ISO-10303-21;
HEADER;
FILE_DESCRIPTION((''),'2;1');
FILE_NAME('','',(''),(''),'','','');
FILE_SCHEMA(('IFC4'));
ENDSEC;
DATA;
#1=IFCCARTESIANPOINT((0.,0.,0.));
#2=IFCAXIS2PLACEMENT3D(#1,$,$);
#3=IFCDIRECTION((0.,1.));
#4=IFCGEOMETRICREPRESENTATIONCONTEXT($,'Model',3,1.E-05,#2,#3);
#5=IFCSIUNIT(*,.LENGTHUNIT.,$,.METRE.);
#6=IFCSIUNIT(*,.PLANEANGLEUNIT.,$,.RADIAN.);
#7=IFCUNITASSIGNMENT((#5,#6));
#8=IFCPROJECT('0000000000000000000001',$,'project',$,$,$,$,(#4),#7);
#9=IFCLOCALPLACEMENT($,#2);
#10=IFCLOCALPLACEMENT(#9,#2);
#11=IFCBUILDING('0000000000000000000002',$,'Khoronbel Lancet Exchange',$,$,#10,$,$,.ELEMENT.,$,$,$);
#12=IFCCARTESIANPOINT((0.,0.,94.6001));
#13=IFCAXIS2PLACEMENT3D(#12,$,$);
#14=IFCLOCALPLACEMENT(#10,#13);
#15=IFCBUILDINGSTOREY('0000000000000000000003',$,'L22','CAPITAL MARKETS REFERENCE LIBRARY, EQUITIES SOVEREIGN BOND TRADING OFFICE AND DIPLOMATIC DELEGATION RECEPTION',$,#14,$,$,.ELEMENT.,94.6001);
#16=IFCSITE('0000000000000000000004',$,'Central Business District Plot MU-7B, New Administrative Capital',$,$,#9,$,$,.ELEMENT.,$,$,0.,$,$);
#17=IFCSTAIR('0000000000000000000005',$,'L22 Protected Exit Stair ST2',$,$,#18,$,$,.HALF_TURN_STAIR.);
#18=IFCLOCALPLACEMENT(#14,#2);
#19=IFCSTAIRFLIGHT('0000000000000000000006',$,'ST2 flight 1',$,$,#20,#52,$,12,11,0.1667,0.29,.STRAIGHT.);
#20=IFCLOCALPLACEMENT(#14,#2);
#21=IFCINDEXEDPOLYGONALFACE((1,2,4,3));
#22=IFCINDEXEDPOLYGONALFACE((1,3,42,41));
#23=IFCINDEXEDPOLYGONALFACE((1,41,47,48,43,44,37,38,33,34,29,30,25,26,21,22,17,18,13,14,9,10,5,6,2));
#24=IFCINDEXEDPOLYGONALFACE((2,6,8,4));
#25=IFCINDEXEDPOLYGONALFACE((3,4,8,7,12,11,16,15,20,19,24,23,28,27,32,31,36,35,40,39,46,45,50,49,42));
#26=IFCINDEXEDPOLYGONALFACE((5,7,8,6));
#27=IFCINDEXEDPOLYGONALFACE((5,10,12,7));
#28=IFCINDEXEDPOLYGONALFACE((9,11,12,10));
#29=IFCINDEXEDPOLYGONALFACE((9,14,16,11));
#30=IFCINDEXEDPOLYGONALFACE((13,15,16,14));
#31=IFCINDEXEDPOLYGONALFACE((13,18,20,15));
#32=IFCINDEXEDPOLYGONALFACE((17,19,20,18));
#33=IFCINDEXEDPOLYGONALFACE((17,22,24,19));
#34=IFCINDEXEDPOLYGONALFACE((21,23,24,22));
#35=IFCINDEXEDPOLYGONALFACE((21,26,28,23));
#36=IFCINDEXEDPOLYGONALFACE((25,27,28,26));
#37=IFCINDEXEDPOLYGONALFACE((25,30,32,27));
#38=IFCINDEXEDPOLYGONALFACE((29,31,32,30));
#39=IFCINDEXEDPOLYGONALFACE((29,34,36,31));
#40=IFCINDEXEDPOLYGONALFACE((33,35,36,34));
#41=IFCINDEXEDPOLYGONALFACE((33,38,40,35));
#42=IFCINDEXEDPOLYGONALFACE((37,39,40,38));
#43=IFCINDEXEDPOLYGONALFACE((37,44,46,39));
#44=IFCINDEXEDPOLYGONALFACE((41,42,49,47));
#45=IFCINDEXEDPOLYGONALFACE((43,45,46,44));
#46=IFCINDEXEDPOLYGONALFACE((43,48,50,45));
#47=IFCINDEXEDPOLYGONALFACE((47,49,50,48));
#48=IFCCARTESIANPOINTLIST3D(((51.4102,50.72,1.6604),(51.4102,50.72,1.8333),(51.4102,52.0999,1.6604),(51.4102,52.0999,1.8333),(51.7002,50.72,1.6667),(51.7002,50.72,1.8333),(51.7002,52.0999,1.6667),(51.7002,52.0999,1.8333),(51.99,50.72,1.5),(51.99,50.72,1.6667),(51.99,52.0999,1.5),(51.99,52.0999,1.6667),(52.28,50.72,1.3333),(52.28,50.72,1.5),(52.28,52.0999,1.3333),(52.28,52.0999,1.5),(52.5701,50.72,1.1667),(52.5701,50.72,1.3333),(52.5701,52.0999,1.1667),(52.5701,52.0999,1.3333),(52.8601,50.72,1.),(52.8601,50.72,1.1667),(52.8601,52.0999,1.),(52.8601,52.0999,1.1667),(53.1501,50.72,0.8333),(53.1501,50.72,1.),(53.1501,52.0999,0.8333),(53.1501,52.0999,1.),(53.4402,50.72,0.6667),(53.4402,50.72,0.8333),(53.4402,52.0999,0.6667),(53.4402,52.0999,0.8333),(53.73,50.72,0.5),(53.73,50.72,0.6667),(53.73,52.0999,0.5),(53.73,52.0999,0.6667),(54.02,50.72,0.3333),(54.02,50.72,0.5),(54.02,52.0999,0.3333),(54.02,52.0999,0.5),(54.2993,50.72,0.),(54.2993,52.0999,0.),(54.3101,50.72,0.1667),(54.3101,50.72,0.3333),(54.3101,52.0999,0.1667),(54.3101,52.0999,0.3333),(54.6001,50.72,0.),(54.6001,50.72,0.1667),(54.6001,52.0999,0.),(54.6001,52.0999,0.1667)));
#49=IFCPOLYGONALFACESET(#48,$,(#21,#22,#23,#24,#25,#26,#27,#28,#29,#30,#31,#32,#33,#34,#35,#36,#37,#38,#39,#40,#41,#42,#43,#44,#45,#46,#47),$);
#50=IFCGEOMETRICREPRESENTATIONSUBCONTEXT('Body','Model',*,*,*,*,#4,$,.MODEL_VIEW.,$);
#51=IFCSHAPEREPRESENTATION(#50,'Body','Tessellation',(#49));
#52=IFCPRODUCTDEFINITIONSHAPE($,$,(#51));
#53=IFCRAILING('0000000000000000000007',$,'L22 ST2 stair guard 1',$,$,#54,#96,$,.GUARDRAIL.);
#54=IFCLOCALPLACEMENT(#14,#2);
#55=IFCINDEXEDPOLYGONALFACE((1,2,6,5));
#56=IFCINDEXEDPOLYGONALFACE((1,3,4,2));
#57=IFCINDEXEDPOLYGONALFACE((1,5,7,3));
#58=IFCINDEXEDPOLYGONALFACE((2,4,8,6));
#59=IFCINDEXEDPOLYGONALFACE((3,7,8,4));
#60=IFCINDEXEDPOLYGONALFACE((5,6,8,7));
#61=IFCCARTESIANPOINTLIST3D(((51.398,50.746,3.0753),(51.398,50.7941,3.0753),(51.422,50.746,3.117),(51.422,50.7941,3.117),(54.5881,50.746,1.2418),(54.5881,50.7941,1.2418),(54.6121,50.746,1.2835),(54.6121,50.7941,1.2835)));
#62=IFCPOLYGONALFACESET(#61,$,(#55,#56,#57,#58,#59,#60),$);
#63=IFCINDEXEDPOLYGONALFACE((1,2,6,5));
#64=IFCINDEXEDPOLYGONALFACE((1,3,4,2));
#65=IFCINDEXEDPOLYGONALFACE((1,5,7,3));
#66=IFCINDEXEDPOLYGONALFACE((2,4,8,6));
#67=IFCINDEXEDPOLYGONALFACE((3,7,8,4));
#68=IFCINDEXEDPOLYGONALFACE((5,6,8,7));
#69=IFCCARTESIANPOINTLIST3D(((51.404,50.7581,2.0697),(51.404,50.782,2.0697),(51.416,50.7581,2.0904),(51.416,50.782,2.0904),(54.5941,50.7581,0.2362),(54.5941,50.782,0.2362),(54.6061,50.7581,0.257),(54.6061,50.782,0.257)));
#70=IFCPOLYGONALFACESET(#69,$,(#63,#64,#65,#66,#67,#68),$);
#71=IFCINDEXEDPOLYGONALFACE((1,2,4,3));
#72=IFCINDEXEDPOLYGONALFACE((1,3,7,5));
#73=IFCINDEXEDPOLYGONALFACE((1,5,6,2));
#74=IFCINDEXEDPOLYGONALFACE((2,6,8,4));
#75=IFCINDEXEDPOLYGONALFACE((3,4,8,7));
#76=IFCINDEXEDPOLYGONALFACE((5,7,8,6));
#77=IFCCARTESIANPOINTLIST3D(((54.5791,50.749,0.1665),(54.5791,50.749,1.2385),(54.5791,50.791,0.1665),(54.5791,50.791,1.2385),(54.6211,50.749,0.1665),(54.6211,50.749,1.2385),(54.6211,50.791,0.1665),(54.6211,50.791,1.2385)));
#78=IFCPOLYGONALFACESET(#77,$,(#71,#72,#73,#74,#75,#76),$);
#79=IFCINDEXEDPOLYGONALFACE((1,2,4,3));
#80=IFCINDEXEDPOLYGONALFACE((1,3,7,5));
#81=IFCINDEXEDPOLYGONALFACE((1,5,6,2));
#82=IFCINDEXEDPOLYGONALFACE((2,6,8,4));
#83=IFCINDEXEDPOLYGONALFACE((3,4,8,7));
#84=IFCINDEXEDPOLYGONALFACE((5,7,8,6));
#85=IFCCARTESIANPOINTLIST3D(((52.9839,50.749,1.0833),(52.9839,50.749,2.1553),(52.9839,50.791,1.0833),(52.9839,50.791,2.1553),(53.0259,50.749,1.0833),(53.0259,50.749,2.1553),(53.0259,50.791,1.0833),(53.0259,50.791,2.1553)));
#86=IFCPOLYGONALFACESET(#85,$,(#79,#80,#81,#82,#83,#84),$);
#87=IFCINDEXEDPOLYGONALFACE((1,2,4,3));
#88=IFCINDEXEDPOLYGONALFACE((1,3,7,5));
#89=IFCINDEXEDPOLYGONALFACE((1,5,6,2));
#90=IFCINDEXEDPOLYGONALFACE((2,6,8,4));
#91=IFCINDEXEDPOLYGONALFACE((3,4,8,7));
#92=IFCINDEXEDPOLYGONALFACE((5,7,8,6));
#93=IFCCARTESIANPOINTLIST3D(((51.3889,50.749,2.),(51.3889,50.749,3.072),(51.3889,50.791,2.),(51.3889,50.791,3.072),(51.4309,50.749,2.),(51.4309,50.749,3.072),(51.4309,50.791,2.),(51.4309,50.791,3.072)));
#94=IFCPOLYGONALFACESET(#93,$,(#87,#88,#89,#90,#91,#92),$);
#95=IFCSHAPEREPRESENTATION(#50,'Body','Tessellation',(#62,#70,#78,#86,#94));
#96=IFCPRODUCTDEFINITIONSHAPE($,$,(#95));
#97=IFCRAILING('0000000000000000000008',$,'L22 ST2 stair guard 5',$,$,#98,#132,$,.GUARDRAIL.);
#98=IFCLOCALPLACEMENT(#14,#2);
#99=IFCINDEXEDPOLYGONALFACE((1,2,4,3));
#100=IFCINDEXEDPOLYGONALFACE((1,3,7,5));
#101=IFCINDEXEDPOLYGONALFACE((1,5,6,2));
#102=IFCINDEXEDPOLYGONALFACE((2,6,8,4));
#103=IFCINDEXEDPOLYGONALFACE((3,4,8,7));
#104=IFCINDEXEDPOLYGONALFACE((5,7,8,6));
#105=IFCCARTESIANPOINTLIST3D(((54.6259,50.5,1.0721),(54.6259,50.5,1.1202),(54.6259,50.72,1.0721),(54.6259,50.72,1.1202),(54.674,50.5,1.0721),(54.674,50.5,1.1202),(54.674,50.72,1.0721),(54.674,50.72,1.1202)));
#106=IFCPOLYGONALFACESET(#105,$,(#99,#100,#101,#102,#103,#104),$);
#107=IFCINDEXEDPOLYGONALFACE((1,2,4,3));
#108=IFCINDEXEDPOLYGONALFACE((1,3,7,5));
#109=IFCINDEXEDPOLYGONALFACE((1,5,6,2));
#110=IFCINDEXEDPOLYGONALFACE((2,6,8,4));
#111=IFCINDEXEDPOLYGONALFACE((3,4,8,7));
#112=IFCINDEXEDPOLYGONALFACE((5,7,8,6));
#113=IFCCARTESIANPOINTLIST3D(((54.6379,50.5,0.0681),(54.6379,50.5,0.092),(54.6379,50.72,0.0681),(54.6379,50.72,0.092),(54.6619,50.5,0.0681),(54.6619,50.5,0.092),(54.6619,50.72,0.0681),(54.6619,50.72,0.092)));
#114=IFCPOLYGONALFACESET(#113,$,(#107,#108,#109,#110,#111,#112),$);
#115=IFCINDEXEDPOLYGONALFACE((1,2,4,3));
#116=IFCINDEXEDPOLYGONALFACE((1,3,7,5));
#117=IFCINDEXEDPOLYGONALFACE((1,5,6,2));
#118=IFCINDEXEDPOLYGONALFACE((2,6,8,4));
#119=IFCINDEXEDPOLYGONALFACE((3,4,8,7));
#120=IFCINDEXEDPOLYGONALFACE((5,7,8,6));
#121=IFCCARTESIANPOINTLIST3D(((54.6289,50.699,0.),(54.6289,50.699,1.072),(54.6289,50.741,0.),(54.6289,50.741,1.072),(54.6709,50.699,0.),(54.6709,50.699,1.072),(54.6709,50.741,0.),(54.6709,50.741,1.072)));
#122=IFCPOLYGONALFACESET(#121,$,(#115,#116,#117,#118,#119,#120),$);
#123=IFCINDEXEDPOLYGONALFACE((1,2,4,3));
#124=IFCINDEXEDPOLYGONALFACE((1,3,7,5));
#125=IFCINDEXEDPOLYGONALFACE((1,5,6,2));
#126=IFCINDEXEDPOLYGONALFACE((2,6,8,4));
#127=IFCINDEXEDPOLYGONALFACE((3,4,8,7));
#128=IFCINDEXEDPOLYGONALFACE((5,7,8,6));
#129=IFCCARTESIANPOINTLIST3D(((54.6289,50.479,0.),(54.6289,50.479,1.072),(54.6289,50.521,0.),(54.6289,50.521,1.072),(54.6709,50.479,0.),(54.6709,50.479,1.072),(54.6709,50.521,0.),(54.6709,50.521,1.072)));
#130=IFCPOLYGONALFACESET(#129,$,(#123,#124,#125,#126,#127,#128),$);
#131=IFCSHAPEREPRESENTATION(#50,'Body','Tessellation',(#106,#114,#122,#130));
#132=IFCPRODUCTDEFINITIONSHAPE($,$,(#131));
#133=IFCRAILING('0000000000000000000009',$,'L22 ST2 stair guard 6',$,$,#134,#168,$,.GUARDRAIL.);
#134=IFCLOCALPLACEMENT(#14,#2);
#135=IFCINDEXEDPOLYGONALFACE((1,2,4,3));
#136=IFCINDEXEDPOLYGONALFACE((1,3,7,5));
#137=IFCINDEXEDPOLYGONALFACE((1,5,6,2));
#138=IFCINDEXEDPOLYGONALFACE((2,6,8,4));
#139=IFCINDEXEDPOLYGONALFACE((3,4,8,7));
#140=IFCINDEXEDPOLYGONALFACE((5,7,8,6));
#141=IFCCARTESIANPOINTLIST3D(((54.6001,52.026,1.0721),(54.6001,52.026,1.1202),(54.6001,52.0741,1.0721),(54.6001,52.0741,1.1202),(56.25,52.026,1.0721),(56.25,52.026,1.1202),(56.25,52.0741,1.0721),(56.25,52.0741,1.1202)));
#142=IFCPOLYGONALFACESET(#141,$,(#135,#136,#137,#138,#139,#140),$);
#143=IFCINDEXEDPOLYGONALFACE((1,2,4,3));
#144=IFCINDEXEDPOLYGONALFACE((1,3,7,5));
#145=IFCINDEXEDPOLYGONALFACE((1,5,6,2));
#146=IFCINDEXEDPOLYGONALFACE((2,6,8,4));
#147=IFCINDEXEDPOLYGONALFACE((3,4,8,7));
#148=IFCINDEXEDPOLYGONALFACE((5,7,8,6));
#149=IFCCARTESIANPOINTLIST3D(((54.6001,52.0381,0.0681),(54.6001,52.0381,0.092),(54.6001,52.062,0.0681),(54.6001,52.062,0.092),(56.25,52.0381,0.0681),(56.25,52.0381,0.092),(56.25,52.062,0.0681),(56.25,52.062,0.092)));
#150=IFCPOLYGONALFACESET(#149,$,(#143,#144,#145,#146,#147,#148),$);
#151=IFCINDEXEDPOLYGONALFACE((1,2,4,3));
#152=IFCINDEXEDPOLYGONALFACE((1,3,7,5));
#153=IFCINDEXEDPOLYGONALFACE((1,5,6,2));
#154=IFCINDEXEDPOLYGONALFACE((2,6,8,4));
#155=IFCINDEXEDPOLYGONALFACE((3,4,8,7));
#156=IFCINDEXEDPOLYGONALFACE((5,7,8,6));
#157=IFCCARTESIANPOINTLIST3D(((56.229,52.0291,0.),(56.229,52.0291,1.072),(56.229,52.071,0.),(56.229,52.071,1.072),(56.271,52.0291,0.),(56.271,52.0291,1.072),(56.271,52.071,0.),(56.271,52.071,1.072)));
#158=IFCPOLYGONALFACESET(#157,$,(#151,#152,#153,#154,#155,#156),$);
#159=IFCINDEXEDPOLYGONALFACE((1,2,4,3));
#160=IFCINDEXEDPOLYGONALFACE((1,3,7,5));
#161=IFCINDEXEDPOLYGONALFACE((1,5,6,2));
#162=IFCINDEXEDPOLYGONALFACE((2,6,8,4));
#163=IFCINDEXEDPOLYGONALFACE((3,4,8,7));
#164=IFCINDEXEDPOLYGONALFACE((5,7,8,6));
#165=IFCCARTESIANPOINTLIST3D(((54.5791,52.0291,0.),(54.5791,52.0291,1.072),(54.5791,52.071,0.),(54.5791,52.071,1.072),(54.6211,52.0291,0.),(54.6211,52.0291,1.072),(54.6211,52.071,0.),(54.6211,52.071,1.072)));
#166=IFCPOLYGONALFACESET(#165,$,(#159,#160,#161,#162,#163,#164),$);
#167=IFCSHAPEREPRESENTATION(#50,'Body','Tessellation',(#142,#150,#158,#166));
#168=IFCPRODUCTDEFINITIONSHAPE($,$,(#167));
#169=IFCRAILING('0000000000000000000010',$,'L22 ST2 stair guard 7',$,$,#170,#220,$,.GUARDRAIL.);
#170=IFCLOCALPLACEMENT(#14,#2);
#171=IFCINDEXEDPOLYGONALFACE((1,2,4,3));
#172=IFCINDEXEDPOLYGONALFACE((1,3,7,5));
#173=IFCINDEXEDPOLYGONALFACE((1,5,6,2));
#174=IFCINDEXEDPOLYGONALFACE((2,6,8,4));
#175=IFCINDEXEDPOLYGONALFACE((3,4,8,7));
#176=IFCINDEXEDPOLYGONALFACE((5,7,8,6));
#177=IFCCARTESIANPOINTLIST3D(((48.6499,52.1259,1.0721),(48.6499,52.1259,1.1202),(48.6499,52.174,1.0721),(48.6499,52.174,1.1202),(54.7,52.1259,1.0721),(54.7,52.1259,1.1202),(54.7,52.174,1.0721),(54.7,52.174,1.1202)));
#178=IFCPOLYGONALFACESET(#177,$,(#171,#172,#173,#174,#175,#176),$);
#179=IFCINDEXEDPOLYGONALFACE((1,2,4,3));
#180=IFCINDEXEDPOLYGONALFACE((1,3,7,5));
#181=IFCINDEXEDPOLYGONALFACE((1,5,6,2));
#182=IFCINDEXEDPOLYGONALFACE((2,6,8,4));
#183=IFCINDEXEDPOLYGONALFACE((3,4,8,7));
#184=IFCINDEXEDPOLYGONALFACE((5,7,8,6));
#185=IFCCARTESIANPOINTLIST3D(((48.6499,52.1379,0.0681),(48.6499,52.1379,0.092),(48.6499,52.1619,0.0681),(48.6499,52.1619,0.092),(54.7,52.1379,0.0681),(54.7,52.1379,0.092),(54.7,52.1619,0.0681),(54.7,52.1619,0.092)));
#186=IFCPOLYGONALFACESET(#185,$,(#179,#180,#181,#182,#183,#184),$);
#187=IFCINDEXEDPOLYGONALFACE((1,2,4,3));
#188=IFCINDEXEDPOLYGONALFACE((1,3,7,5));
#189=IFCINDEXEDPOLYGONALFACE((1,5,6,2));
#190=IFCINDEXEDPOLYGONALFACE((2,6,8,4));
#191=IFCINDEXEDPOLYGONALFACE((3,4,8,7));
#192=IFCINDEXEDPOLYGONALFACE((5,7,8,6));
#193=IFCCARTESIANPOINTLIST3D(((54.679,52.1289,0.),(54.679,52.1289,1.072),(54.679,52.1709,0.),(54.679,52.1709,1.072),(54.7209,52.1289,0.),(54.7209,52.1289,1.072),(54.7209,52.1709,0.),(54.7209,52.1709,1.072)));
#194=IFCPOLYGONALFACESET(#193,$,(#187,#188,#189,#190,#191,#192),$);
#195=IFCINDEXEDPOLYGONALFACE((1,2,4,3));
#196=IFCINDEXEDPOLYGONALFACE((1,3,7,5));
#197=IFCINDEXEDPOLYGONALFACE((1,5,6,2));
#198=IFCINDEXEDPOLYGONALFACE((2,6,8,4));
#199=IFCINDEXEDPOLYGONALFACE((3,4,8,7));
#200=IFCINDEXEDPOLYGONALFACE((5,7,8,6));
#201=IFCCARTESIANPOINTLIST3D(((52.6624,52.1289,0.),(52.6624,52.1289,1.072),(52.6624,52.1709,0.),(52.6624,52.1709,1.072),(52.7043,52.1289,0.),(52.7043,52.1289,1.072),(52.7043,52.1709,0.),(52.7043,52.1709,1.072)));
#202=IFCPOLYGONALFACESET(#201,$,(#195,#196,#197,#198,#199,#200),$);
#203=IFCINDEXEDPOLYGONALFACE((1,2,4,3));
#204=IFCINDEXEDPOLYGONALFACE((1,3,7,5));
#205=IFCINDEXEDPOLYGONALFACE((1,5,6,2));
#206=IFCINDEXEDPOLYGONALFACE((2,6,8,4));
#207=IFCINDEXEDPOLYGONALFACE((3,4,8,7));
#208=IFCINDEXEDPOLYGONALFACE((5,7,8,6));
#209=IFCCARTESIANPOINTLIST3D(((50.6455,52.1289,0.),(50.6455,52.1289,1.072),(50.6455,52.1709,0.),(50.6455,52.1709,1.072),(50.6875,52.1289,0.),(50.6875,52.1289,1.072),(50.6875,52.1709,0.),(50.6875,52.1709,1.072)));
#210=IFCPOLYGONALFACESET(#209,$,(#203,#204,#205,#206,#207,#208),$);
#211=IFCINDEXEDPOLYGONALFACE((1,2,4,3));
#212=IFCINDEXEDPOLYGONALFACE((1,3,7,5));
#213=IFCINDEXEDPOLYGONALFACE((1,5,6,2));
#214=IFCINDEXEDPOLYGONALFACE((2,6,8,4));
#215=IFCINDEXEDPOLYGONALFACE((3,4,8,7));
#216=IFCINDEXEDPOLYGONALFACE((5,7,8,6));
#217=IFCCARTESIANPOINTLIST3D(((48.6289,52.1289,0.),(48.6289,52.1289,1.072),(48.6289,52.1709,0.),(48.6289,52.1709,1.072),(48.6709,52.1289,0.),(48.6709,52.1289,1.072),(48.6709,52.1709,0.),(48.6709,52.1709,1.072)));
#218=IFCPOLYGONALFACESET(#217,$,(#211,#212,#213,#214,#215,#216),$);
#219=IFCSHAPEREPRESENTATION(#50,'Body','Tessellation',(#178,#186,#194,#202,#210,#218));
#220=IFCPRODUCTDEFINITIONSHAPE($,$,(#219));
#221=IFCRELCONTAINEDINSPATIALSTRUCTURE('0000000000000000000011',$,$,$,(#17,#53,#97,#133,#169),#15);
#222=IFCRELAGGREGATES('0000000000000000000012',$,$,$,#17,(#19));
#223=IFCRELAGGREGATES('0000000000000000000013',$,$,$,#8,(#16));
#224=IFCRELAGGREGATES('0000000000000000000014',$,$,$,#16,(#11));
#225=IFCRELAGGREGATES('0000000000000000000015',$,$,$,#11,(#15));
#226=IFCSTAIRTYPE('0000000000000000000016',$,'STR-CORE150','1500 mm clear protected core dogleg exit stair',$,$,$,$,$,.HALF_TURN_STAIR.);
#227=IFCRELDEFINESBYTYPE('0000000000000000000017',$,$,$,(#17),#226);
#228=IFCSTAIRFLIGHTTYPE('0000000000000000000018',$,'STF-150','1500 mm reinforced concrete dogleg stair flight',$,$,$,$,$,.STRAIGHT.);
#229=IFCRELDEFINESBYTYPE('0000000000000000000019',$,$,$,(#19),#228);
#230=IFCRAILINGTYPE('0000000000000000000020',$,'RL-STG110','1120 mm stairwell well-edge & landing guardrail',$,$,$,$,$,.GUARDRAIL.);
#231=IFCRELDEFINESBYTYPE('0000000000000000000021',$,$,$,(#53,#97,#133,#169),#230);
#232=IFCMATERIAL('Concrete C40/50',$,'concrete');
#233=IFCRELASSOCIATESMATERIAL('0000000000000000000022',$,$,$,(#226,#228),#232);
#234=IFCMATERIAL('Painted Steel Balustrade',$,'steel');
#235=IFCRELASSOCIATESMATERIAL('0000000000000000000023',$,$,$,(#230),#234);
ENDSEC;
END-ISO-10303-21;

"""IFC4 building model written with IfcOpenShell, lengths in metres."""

from ifc_helpers import new_model, si_unit, direction, frame, origin, origin_2d, place, context, subcontext, project, spatial, polyline, rectangle, outline, extrude, material, type_object, element, aggregate, save


model = new_model("IFC4")

# Units and contexts
model_context = context("Model", 3, precision=1e-05, world=origin(), true_north=direction((0.0, 1.0)))
body_context = subcontext(model_context, "Body", "Model", "MODEL_VIEW")
ifc_project = project(units=[si_unit("LENGTHUNIT", "METRE"), si_unit("PLANEANGLEUNIT", "RADIAN")], contexts=[model_context])

# Site, building, storey
site_placement = place(None, origin())
site = spatial("IfcSite", under=ifc_project, at=site_placement, Name="Central Business District Plot MU-7B, New Administrative Capital", CompositionType="ELEMENT", RefElevation=0.0)
building_placement = place(site_placement, origin())
building = spatial("IfcBuilding", under=site, at=building_placement, Name="Khoronbel Lancet Exchange", CompositionType="ELEMENT")
storey_placement = place(building_placement, frame((0.0, 0.0, 94.6001)))
storey = spatial("IfcBuildingStorey", under=building, at=storey_placement, Name="L22", Description="CAPITAL MARKETS REFERENCE LIBRARY, EQUITIES SOVEREIGN BOND TRADING OFFICE AND DIPLOMATIC DELEGATION RECEPTION", CompositionType="ELEMENT", Elevation=94.6001)

# Stair, stair flight
ifc_material_1 = material(Name="Concrete C40/50", Category="concrete")
stair_type = type_object("IfcStairType", Name="STR-CORE150", Description="1500 mm clear protected core dogleg exit stair", PredefinedType="HALF_TURN_STAIR", material=ifc_material_1)
stair_placement = place(storey_placement, origin())
stair = element("IfcStair", 1, at=stair_placement, inside=storey, type_object=stair_type, Name="L22 Protected Exit Stair ST2", PredefinedType="HALF_TURN_STAIR")
stair_flight_type = type_object("IfcStairFlightType", Name="STF-150", Description="1500 mm reinforced concrete dogleg stair flight", PredefinedType="STRAIGHT", material=ifc_material_1)
stair_flight_placement = place(storey_placement, frame((54.6001, 51.4099, 0.0), z_axis=(0.0, 0.0, 1.0), x_axis=(-1.0, 0.0, 0.0)))
stair_flight = element("IfcStairFlight", 2, at=stair_flight_placement, type_object=stair_flight_type, Name="ST2 flight 1", NumberOfRisers=12, NumberOfTreads=11, PredefinedType="STRAIGHT", RiserHeight=0.1667, TreadLength=0.29, context=body_context, shape_type="SweptSolid", body=[
    extrude(outline(polyline([(0.0, 0.0), (0.0, 0.1667), (0.29, 0.1667), (0.29, 0.3333), (0.5801, 0.3333), (0.5801, 0.5), (0.8701, 0.5), (0.8701, 0.6667), (1.1599, 0.6667), (1.1599, 0.8333), (1.45, 0.8333), (1.45, 1.0), (1.74, 1.0), (1.74, 1.1667), (2.03, 1.1667), (2.03, 1.3333), (2.3201, 1.3333), (2.3201, 1.5), (2.6101, 1.5), (2.6101, 1.6667), (2.8999, 1.6667), (2.8999, 1.8333), (3.1899, 1.8333), (3.1899, 2.0), (3.1899, 1.6604), (0.3008, 0.0), (0.0, 0.0)])), frame((0.0, 0.6899, 0.0), z_axis=(0.0, -1.0, 0.0), x_axis=(1.0, 0.0, 0.0)), (0.0, 0.0, 1.0), 1.3799),
])
aggregate(stair, [stair_flight])

# Railings
ifc_material_2 = material(Name="Painted Steel Balustrade", Category="steel")
railing_type_1 = type_object("IfcRailingType", Name="RL-STG110", Description="1120 mm stairwell well-edge & landing guardrail", PredefinedType="GUARDRAIL", material=ifc_material_2)
railing_1_placement = place(storey_placement, frame((54.6001, 50.77, 0.1665)))
element("IfcRailing", 3, at=railing_1_placement, inside=storey, type_object=railing_type_1, Name="L22 ST2 stair guard 1", PredefinedType="GUARDRAIL", context=body_context, shape_type="SweptSolid", body=[
    extrude(rectangle(XDim=0.0481, YDim=0.0481, at=origin_2d()), frame((0.0, 0.0, 1.0962), z_axis=(-0.867007, 0.0, 0.498295), x_axis=(0.0, -1.0, 0.0)), (0.0, 0.0, 1.0), 3.6794),
    extrude(rectangle(XDim=0.0239, YDim=0.0239, at=origin_2d()), frame((0.0, 0.0, 0.0801), z_axis=(-0.867007, 0.0, 0.498295), x_axis=(0.0, -1.0, 0.0)), (0.0, 0.0, 1.0), 3.6794),
    extrude(rectangle(XDim=0.042, YDim=0.042, at=origin_2d()), origin(), (0.0, 0.0, 1.0), 1.072),
    extrude(rectangle(XDim=0.042, YDim=0.042, at=origin_2d()), frame((-1.5952, 0.0, 0.9167)), (0.0, 0.0, 1.0), 1.072),
    extrude(rectangle(XDim=0.042, YDim=0.042, at=origin_2d()), frame((-3.1902, 0.0, 1.8335)), (0.0, 0.0, 1.0), 1.072),
])
railing_2_placement = place(storey_placement, frame((54.6499, 50.72, 0.0)))
element("IfcRailing", 4, at=railing_2_placement, inside=storey, type_object=railing_type_1, Name="L22 ST2 stair guard 5", PredefinedType="GUARDRAIL", context=body_context, shape_type="SweptSolid", body=[
    extrude(rectangle(XDim=0.0481, YDim=0.0481, at=origin_2d()), frame((0.0, 0.0, 1.0962), z_axis=(0.0, -1.0, 0.0), x_axis=(1.0, 0.0, 0.0)), (0.0, 0.0, 1.0), 0.22),
    extrude(rectangle(XDim=0.0239, YDim=0.0239, at=origin_2d()), frame((0.0, 0.0, 0.0801), z_axis=(0.0, -1.0, 0.0), x_axis=(1.0, 0.0, 0.0)), (0.0, 0.0, 1.0), 0.22),
    extrude(rectangle(XDim=0.042, YDim=0.042, at=origin_2d()), origin(), (0.0, 0.0, 1.0), 1.072),
    extrude(rectangle(XDim=0.042, YDim=0.042, at=origin_2d()), frame((0.0, -0.22, 0.0)), (0.0, 0.0, 1.0), 1.072),
])
railing_3_placement = place(storey_placement, frame((56.25, 52.05, 0.0)))
element("IfcRailing", 5, at=railing_3_placement, inside=storey, type_object=railing_type_1, Name="L22 ST2 stair guard 6", PredefinedType="GUARDRAIL", context=body_context, shape_type="SweptSolid", body=[
    extrude(rectangle(XDim=0.0481, YDim=0.0481, at=origin_2d()), frame((0.0, 0.0, 1.0962), z_axis=(-1.0, 0.0, 0.0), x_axis=(0.0, -1.0, 0.0)), (0.0, 0.0, 1.0), 1.6499),
    extrude(rectangle(XDim=0.0239, YDim=0.0239, at=origin_2d()), frame((0.0, 0.0, 0.0801), z_axis=(-1.0, 0.0, 0.0), x_axis=(0.0, -1.0, 0.0)), (0.0, 0.0, 1.0), 1.6499),
    extrude(rectangle(XDim=0.042, YDim=0.042, at=origin_2d()), origin(), (0.0, 0.0, 1.0), 1.072),
    extrude(rectangle(XDim=0.042, YDim=0.042, at=origin_2d()), frame((-1.6499, 0.0, 0.0)), (0.0, 0.0, 1.0), 1.072),
])
railing_4_placement = place(storey_placement, frame((54.7, 52.1499, 0.0)))
element("IfcRailing", 6, at=railing_4_placement, inside=storey, type_object=railing_type_1, Name="L22 ST2 stair guard 7", PredefinedType="GUARDRAIL", context=body_context, shape_type="SweptSolid", body=[
    extrude(rectangle(XDim=0.0481, YDim=0.0481, at=origin_2d()), frame((0.0, 0.0, 1.0962), z_axis=(-1.0, 0.0, 0.0), x_axis=(0.0, -1.0, 0.0)), (0.0, 0.0, 1.0), 6.05),
    extrude(rectangle(XDim=0.0239, YDim=0.0239, at=origin_2d()), frame((0.0, 0.0, 0.0801), z_axis=(-1.0, 0.0, 0.0), x_axis=(0.0, -1.0, 0.0)), (0.0, 0.0, 1.0), 6.05),
    extrude(rectangle(XDim=0.042, YDim=0.042, at=origin_2d()), origin(), (0.0, 0.0, 1.0), 1.072),
    extrude(rectangle(XDim=0.042, YDim=0.042, at=origin_2d()), frame((-2.0166, 0.0, 0.0)), (0.0, 0.0, 1.0), 1.072),
    extrude(rectangle(XDim=0.042, YDim=0.042, at=origin_2d()), frame((-4.0334, 0.0, 0.0)), (0.0, 0.0, 1.0), 1.072),
    extrude(rectangle(XDim=0.042, YDim=0.042, at=origin_2d()), frame((-6.05, 0.0, 0.0)), (0.0, 0.0, 1.0), 1.072),
])

save(model, "model.ifc")
